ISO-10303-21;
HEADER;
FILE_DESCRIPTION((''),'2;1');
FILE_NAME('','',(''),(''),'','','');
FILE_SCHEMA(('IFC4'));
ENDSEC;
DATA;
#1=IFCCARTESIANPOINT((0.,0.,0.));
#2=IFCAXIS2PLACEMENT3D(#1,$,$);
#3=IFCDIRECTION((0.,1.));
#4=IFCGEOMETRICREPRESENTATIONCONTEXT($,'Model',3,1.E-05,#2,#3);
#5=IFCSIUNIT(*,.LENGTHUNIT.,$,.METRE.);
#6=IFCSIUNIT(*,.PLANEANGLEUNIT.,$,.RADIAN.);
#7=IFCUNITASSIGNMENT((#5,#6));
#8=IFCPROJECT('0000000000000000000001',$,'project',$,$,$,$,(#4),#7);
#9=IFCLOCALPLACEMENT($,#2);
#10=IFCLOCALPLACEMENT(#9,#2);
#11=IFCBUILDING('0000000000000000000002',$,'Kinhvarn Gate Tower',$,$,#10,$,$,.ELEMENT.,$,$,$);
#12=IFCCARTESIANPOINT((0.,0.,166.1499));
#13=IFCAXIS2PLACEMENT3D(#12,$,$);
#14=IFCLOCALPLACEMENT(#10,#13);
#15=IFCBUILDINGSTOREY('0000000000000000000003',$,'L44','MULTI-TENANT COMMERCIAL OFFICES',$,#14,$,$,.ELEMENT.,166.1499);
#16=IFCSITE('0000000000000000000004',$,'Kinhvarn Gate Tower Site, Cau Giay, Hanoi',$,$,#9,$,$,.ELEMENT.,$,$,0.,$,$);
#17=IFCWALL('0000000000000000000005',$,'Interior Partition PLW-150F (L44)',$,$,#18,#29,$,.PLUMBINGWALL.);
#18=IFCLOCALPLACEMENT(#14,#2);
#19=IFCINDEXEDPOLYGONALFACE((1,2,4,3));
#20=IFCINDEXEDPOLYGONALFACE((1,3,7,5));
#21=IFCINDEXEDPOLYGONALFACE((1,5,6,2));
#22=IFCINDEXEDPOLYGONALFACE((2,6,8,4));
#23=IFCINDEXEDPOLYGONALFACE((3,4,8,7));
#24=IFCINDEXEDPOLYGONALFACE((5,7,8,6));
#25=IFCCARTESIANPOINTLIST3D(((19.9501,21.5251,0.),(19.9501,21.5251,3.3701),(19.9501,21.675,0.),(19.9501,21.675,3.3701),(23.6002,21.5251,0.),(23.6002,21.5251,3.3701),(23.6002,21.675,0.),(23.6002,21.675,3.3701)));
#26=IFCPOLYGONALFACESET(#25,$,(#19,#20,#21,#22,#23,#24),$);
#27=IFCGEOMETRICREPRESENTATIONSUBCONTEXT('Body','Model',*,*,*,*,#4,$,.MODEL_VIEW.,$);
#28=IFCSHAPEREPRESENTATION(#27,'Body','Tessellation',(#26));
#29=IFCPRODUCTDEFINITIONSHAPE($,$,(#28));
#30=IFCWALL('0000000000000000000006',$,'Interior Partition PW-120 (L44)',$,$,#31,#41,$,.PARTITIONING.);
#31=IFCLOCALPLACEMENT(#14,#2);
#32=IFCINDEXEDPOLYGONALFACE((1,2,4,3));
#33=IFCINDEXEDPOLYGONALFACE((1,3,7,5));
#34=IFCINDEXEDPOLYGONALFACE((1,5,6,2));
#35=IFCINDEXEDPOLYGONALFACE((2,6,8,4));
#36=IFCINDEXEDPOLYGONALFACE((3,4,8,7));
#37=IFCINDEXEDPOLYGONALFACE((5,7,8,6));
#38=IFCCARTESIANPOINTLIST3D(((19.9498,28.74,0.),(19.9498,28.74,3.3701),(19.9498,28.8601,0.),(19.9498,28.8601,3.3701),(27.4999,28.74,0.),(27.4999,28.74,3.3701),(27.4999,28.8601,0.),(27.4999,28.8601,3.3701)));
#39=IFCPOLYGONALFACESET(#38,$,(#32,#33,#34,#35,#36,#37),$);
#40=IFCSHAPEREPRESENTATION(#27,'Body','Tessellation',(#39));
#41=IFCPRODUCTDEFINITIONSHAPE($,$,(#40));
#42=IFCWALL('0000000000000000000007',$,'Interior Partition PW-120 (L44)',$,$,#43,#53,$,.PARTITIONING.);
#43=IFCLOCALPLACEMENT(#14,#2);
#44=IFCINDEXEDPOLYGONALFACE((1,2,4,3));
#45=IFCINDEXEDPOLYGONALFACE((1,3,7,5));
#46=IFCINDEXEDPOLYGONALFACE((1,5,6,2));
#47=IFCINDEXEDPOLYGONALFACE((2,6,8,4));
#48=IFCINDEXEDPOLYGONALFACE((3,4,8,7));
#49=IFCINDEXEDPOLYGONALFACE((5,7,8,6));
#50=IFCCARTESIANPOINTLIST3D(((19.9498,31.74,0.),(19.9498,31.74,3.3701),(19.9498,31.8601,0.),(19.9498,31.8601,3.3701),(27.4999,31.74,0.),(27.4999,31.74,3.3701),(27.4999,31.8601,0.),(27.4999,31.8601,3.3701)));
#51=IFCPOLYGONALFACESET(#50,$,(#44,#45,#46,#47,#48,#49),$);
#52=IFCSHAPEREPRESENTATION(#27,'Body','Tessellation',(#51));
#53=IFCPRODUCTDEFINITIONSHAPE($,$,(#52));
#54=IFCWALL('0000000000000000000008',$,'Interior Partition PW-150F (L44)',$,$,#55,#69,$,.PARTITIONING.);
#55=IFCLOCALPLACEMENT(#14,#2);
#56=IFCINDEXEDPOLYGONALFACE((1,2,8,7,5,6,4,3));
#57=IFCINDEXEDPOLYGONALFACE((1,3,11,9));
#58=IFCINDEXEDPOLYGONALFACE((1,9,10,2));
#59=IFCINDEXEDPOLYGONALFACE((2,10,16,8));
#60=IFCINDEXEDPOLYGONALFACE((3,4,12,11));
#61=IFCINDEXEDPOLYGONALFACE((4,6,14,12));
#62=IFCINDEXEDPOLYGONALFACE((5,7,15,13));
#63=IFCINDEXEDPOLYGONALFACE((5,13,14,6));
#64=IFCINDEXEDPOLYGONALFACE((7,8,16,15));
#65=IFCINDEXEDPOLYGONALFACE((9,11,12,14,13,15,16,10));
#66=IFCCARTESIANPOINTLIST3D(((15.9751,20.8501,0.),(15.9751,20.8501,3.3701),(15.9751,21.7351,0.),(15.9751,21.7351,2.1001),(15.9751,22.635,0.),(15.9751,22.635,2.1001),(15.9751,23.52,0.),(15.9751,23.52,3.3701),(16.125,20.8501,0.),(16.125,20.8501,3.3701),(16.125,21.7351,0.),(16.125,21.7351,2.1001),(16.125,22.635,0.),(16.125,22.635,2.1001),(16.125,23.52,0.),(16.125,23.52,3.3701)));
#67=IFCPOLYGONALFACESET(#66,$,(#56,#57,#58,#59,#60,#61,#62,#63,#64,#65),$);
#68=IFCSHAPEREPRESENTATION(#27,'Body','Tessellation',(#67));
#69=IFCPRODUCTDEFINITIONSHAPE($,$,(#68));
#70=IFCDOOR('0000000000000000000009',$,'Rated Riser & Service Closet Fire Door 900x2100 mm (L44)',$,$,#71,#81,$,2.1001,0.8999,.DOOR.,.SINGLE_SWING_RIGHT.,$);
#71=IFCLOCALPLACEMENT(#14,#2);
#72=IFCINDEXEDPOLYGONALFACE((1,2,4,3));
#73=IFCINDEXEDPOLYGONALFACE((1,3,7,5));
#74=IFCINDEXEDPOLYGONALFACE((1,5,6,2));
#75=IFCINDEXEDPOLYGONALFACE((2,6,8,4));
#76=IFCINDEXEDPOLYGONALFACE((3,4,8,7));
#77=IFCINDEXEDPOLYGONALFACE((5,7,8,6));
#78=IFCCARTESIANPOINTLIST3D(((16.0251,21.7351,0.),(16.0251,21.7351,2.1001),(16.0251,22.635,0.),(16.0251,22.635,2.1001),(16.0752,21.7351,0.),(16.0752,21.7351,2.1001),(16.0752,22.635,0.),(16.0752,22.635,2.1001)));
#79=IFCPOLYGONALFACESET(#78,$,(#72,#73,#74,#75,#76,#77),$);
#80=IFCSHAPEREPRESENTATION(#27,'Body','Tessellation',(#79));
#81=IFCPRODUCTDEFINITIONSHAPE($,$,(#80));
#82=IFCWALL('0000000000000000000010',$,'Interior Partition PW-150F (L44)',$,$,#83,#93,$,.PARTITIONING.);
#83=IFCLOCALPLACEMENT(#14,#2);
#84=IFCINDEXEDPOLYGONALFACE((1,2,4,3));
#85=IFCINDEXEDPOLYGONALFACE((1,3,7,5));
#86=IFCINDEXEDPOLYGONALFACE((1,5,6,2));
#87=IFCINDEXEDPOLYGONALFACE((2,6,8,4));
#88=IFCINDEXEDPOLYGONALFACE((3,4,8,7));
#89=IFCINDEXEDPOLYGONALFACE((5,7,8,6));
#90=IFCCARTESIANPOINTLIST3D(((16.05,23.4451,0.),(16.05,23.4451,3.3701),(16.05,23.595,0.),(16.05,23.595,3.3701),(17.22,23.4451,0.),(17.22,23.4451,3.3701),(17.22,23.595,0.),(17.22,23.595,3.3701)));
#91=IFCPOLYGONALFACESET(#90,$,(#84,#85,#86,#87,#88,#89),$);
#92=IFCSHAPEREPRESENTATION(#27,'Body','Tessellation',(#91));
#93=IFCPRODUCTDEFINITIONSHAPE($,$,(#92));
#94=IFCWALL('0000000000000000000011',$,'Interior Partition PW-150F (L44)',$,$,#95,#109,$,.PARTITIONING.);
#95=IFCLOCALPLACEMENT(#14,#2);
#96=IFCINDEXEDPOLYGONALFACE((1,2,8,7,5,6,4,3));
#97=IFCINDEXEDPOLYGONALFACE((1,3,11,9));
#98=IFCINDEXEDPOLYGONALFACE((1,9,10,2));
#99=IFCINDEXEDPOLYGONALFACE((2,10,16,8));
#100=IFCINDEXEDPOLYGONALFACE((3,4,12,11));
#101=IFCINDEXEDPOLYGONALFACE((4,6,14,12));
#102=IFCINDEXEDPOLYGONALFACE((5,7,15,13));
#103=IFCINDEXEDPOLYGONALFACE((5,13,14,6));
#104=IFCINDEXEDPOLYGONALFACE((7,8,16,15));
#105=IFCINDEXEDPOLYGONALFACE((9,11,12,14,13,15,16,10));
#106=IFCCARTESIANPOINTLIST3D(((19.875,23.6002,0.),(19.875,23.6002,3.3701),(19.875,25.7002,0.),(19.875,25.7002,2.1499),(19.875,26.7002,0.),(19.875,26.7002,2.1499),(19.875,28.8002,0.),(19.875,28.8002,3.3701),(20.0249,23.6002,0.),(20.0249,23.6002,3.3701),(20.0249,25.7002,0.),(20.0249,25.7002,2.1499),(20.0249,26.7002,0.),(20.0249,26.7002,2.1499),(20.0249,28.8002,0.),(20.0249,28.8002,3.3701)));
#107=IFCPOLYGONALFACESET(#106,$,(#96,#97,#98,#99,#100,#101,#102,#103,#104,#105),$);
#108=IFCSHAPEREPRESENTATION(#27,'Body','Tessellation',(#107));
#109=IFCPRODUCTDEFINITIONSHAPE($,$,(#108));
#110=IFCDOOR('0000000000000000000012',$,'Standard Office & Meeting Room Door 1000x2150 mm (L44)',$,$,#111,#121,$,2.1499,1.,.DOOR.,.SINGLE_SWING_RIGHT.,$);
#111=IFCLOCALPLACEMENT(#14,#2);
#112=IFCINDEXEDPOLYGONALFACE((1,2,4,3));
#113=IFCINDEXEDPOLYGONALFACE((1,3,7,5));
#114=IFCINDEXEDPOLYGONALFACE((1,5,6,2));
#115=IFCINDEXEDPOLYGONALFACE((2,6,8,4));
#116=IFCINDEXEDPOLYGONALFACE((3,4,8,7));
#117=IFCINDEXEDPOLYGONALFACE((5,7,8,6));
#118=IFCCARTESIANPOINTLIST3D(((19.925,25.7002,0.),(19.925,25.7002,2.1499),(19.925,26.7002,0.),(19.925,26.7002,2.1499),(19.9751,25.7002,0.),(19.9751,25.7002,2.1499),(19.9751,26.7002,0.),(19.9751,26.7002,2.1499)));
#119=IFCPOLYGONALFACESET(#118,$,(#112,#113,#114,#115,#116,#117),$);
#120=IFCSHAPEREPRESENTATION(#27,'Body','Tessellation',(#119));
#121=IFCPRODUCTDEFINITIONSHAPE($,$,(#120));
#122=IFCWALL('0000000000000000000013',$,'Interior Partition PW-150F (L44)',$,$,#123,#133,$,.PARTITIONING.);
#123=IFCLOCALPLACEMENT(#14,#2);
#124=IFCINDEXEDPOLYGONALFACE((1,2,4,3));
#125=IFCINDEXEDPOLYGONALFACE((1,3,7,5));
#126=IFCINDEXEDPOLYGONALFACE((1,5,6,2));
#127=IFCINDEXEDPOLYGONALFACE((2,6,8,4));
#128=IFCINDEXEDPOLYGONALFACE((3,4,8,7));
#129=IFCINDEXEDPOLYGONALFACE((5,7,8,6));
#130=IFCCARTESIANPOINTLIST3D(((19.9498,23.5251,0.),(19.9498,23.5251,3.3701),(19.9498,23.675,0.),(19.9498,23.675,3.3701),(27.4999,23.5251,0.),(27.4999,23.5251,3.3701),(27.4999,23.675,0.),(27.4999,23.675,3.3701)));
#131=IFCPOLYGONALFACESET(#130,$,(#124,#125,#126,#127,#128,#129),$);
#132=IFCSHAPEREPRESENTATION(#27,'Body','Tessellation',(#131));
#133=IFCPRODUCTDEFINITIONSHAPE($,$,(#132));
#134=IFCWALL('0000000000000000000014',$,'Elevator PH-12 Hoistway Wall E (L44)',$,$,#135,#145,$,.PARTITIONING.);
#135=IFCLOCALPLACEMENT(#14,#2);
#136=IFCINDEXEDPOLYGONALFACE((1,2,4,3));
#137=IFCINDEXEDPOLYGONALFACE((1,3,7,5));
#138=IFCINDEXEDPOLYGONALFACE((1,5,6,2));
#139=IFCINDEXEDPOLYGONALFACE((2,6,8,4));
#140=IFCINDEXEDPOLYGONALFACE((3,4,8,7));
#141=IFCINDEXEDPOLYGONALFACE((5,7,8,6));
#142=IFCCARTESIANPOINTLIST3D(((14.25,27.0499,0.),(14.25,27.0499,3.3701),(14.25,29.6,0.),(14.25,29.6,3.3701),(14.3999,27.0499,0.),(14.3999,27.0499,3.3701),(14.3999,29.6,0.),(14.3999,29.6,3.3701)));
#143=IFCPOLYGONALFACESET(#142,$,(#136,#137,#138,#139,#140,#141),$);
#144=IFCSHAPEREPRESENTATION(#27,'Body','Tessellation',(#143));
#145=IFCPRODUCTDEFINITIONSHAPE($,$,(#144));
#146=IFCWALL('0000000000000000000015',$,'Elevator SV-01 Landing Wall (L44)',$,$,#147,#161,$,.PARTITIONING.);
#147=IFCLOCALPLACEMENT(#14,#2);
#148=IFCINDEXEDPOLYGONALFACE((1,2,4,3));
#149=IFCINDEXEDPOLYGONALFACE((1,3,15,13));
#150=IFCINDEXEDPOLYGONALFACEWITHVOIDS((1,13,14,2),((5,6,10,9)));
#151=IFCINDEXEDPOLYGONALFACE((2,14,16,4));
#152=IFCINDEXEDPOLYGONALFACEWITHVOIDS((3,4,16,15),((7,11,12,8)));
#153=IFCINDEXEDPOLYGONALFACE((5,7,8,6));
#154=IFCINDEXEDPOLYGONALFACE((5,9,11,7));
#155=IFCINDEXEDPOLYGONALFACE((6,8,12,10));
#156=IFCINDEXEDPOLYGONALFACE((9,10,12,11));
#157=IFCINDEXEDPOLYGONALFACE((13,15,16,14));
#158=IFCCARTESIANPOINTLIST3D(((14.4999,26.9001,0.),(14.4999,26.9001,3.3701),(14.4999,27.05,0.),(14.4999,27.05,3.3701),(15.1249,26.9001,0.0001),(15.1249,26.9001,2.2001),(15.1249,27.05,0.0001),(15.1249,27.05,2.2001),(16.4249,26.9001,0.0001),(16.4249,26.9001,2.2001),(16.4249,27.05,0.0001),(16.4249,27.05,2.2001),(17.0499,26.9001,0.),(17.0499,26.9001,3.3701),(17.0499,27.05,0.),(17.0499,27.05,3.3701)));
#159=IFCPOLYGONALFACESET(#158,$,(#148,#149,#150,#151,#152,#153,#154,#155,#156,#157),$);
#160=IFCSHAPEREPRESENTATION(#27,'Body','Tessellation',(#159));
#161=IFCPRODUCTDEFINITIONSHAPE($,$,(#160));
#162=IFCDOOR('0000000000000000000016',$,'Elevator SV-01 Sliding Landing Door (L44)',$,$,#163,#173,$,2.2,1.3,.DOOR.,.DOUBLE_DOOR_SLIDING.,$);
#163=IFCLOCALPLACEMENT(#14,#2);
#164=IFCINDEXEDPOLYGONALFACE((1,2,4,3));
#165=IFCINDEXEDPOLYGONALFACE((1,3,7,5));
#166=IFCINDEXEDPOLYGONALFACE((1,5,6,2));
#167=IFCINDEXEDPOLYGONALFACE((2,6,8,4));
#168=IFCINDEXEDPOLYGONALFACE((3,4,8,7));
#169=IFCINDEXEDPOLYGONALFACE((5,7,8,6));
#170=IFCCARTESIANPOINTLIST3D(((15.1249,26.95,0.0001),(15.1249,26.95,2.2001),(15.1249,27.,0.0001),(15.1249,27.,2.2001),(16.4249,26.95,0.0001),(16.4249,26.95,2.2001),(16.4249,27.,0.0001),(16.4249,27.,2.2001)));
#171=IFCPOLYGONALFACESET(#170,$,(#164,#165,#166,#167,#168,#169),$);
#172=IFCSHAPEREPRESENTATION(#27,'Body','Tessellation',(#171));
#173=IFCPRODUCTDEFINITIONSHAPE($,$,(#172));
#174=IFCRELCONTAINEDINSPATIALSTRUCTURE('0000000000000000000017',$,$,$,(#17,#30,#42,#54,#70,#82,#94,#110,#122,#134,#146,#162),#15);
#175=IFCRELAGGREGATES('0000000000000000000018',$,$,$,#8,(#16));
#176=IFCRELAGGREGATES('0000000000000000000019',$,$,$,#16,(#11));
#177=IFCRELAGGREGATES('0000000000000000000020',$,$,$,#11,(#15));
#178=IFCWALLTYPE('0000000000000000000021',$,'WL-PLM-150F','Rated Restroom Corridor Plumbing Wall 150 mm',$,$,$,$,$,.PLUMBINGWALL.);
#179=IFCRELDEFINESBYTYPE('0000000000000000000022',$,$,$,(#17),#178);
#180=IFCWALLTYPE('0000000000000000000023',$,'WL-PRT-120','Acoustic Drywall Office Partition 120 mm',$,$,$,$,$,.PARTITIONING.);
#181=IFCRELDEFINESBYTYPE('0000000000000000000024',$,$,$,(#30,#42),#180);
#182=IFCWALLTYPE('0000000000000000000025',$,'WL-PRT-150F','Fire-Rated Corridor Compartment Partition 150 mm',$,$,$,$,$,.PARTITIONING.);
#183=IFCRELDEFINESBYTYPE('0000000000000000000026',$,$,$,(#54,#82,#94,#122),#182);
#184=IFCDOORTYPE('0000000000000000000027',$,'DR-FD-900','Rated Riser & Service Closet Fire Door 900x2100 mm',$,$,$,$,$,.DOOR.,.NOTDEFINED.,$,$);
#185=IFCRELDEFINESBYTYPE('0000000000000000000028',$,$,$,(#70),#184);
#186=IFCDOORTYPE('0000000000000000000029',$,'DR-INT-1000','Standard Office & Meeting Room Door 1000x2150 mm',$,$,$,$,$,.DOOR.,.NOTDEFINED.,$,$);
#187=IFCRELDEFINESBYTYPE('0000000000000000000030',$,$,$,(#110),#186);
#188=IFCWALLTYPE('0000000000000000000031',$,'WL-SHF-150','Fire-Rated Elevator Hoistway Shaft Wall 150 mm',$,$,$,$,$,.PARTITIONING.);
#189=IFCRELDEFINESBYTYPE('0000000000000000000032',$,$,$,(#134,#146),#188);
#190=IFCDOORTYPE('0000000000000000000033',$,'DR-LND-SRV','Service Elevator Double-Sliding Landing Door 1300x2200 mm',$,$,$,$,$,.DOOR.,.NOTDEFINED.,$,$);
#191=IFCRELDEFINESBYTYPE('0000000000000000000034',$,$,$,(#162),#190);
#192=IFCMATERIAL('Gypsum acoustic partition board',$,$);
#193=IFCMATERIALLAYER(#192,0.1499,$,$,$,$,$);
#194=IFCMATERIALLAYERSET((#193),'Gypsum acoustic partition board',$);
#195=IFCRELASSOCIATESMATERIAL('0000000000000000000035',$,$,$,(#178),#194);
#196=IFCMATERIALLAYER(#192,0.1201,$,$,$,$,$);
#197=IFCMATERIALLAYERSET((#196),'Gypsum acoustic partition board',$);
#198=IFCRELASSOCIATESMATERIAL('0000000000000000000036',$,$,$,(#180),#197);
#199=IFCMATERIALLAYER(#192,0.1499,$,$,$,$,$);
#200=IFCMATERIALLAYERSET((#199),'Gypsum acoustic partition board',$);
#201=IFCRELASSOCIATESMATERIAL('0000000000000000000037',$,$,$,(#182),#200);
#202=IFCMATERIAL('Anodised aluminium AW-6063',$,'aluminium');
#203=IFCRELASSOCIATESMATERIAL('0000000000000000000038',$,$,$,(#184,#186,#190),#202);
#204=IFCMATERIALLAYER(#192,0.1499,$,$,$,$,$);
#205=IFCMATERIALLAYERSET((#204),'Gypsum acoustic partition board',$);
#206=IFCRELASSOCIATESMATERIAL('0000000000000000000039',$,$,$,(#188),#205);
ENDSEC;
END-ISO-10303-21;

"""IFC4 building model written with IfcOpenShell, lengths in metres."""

from ifc_helpers import new_model, si_unit, direction, frame, frame_2d, origin, place, context, subcontext, project, spatial, rectangle, extrude, material, layer, layer_set, type_object, element, fill, save


model = new_model("IFC4")

# Units and contexts
model_context = context("Model", 3, precision=1e-05, world=origin(), true_north=direction((0.0, 1.0)))
body_context = subcontext(model_context, "Body", "Model", "MODEL_VIEW")
ifc_project = project(units=[si_unit("LENGTHUNIT", "METRE"), si_unit("PLANEANGLEUNIT", "RADIAN")], contexts=[model_context])

# Site, building, storey
site_placement = place(None, origin())
site = spatial("IfcSite", under=ifc_project, at=site_placement, Name="Kinhvarn Gate Tower Site, Cau Giay, Hanoi", CompositionType="ELEMENT", RefElevation=0.0)
building_placement = place(site_placement, origin())
building = spatial("IfcBuilding", under=site, at=building_placement, Name="Kinhvarn Gate Tower", CompositionType="ELEMENT")
storey_placement = place(building_placement, frame((0.0, 0.0, 166.1499)))
storey = spatial("IfcBuildingStorey", under=building, at=storey_placement, Name="L44", Description="MULTI-TENANT COMMERCIAL OFFICES", CompositionType="ELEMENT", Elevation=166.1499)

# Shared definitions
ifc_material_1 = material(Name="Anodised aluminium AW-6063", Category="aluminium")

# Walls
ifc_material_2 = material(Name="Gypsum acoustic partition board")
ifc_layer_1 = layer(ifc_material_2, 0.1499)
ifc_layer_set_1 = layer_set([ifc_layer_1], Name="Gypsum acoustic partition board")
wall_type_1 = type_object("IfcWallType", Name="WL-PLM-150F", Description="Rated Restroom Corridor Plumbing Wall 150 mm", PredefinedType="PLUMBINGWALL", material=ifc_layer_set_1)
wall_1_placement = place(storey_placement, frame((19.95, 21.6001, 0.0), z_axis=(0.0, 0.0, 1.0), x_axis=(1.0, 0.0, 0.0)))
element("IfcWall", 1, at=wall_1_placement, inside=storey, type_object=wall_type_1, Name="Interior Partition PLW-150F (L44)", PredefinedType="PLUMBINGWALL", context=body_context, shape_type="SweptSolid", body=[
    extrude(rectangle(XDim=3.6501, YDim=0.1499, at=frame_2d((1.8252, 0.0))), origin(), (0.0, 0.0, 1.0), 3.3701),
])
ifc_layer_2 = layer(ifc_material_2, 0.1201)
ifc_layer_set_2 = layer_set([ifc_layer_2], Name="Gypsum acoustic partition board")
wall_type_2 = type_object("IfcWallType", Name="WL-PRT-120", Description="Acoustic Drywall Office Partition 120 mm", PredefinedType="PARTITIONING", material=ifc_layer_set_2)
for number, where, z_axis, x_axis, name in (
    (2, (19.95, 28.8, 0.0), (0.0, 0.0, 1.0), (1.0, 0.0, 0.0), "Interior Partition PW-120 (L44)"),
    (3, (19.95, 31.8, 0.0), (0.0, 0.0, 1.0), (1.0, 0.0, 0.0), "Interior Partition PW-120 (L44)"),
):
    element("IfcWall", number, at=place(storey_placement, frame(where, z_axis=z_axis, x_axis=x_axis)), inside=storey, type_object=wall_type_2, Name=name, PredefinedType="PARTITIONING", context=body_context, shape_type="SweptSolid", body=[
        extrude(rectangle(XDim=7.55, YDim=0.1201, at=frame_2d((3.7749, 0.0))), origin(), (0.0, 0.0, 1.0), 3.3701),
    ])

# Wall, opening, door
ifc_layer_3 = layer(ifc_material_2, 0.1499)
ifc_layer_set_3 = layer_set([ifc_layer_3], Name="Gypsum acoustic partition board")
wall_type_3 = type_object("IfcWallType", Name="WL-PRT-150F", Description="Fire-Rated Corridor Compartment Partition 150 mm", PredefinedType="PARTITIONING", material=ifc_layer_set_3)
wall_2_placement = place(storey_placement, frame((16.05, 20.8501, 0.0), z_axis=(0.0, 0.0, 1.0), x_axis=(0.0, 1.0, 0.0)))
wall_2 = element("IfcWall", 4, at=wall_2_placement, inside=storey, type_object=wall_type_3, Name="Interior Partition PW-150F (L44)", PredefinedType="PARTITIONING", context=body_context, shape_type="SweptSolid", body=[
    extrude(rectangle(XDim=2.6699, YDim=0.1499, at=frame_2d((1.335, 0.0))), origin(), (0.0, 0.0, 1.0), 3.3701),
])
opening_1_placement = place(wall_2_placement, frame((0.885, 0.0, 0.0)))
opening_1 = element("IfcOpeningElement", 5, at=opening_1_placement, cuts=wall_2, PredefinedType="OPENING", context=body_context, shape_type="SweptSolid", body=[
    extrude(rectangle(XDim=0.8999, YDim=2.1001, at=frame_2d((0.45, 1.05))), frame((0.0, 0.085, 0.0), z_axis=(0.0, -1.0, 0.0), x_axis=(1.0, 0.0, 0.0)), (0.0, 0.0, 1.0), 0.1699),
])
door_type_1 = type_object("IfcDoorType", Name="DR-FD-900", Description="Rated Riser & Service Closet Fire Door 900x2100 mm", OperationType="NOTDEFINED", PredefinedType="DOOR", material=ifc_material_1)
door_1_placement = place(opening_1_placement, origin())
door_1 = element("IfcDoor", 6, at=door_1_placement, inside=storey, type_object=door_type_1, Name="Rated Riser & Service Closet Fire Door 900x2100 mm (L44)", OperationType="SINGLE_SWING_RIGHT", OverallHeight=2.1001, OverallWidth=0.8999, PredefinedType="DOOR", context=body_context, shape_type="SweptSolid", body=[
    extrude(rectangle(XDim=0.8999, YDim=2.1001, at=frame_2d((0.45, 1.05))), frame((0.0, 0.0249, 0.0), z_axis=(0.0, -1.0, 0.0), x_axis=(1.0, 0.0, 0.0)), (0.0, 0.0, 1.0), 0.05),
])
fill(opening_1, door_1)

# Wall
wall_3_placement = place(storey_placement, frame((16.05, 23.52, 0.0), z_axis=(0.0, 0.0, 1.0), x_axis=(1.0, 0.0, 0.0)))
element("IfcWall", 7, at=wall_3_placement, inside=storey, type_object=wall_type_3, Name="Interior Partition PW-150F (L44)", PredefinedType="PARTITIONING", context=body_context, shape_type="SweptSolid", body=[
    extrude(rectangle(XDim=1.1699, YDim=0.1499, at=frame_2d((0.585, 0.0))), origin(), (0.0, 0.0, 1.0), 3.3701),
])

# Wall, opening, door
wall_4_placement = place(storey_placement, frame((19.95, 23.6001, 0.0), z_axis=(0.0, 0.0, 1.0), x_axis=(0.0, 1.0, 0.0)))
wall_4 = element("IfcWall", 8, at=wall_4_placement, inside=storey, type_object=wall_type_3, Name="Interior Partition PW-150F (L44)", PredefinedType="PARTITIONING", context=body_context, shape_type="SweptSolid", body=[
    extrude(rectangle(XDim=5.2, YDim=0.1499, at=frame_2d((2.6001, 0.0))), origin(), (0.0, 0.0, 1.0), 3.3701),
])
opening_2_placement = place(wall_4_placement, frame((2.1001, 0.0, 0.0)))
opening_2 = element("IfcOpeningElement", 9, at=opening_2_placement, cuts=wall_4, PredefinedType="OPENING", context=body_context, shape_type="SweptSolid", body=[
    extrude(rectangle(XDim=1.0, YDim=2.1499, at=frame_2d((0.5, 1.075))), frame((0.0, 0.085, 0.0), z_axis=(0.0, -1.0, 0.0), x_axis=(1.0, 0.0, 0.0)), (0.0, 0.0, 1.0), 0.1699),
])
door_type_2 = type_object("IfcDoorType", Name="DR-INT-1000", Description="Standard Office & Meeting Room Door 1000x2150 mm", OperationType="NOTDEFINED", PredefinedType="DOOR", material=ifc_material_1)
door_2_placement = place(opening_2_placement, origin())
door_2 = element("IfcDoor", 10, at=door_2_placement, inside=storey, type_object=door_type_2, Name="Standard Office & Meeting Room Door 1000x2150 mm (L44)", OperationType="SINGLE_SWING_RIGHT", OverallHeight=2.1499, OverallWidth=1.0, PredefinedType="DOOR", context=body_context, shape_type="SweptSolid", body=[
    extrude(rectangle(XDim=1.0, YDim=2.1499, at=frame_2d((0.5, 1.075))), frame((0.0, 0.0249, 0.0), z_axis=(0.0, -1.0, 0.0), x_axis=(1.0, 0.0, 0.0)), (0.0, 0.0, 1.0), 0.05),
])
fill(opening_2, door_2)

# Walls
wall_5_placement = place(storey_placement, frame((19.95, 23.6001, 0.0), z_axis=(0.0, 0.0, 1.0), x_axis=(1.0, 0.0, 0.0)))
element("IfcWall", 11, at=wall_5_placement, inside=storey, type_object=wall_type_3, Name="Interior Partition PW-150F (L44)", PredefinedType="PARTITIONING", context=body_context, shape_type="SweptSolid", body=[
    extrude(rectangle(XDim=7.55, YDim=0.1499, at=frame_2d((3.7749, 0.0))), origin(), (0.0, 0.0, 1.0), 3.3701),
])
ifc_layer_4 = layer(ifc_material_2, 0.1499)
ifc_layer_set_4 = layer_set([ifc_layer_4], Name="Gypsum acoustic partition board")
wall_type_4 = type_object("IfcWallType", Name="WL-SHF-150", Description="Fire-Rated Elevator Hoistway Shaft Wall 150 mm", PredefinedType="PARTITIONING", material=ifc_layer_set_4)
wall_6_placement = place(storey_placement, frame((14.325, 27.05, 0.0), z_axis=(0.0, 0.0, 1.0), x_axis=(0.0, 1.0, 0.0)))
element("IfcWall", 12, at=wall_6_placement, inside=storey, type_object=wall_type_4, Name="Elevator PH-12 Hoistway Wall E (L44)", PredefinedType="PARTITIONING", context=body_context, shape_type="SweptSolid", body=[
    extrude(rectangle(XDim=2.55, YDim=0.1499, at=frame_2d((1.2749, 0.0))), origin(), (0.0, 0.0, 1.0), 3.3701),
])

# Wall, opening, door
wall_7_placement = place(storey_placement, frame((14.5, 26.9751, 0.0), z_axis=(0.0, 0.0, 1.0), x_axis=(1.0, 0.0, 0.0)))
wall_7 = element("IfcWall", 13, at=wall_7_placement, inside=storey, type_object=wall_type_4, Name="Elevator SV-01 Landing Wall (L44)", PredefinedType="PARTITIONING", context=body_context, shape_type="SweptSolid", body=[
    extrude(rectangle(XDim=2.55, YDim=0.1499, at=frame_2d((1.2749, 0.0))), origin(), (0.0, 0.0, 1.0), 3.3701),
])
opening_3_placement = place(wall_7_placement, frame((0.625, 0.0, 0.0)))
opening_3 = element("IfcOpeningElement", 14, at=opening_3_placement, cuts=wall_7, PredefinedType="OPENING", context=body_context, shape_type="SweptSolid", body=[
    extrude(rectangle(XDim=1.3, YDim=2.2, at=frame_2d((0.6499, 1.1001))), frame((0.0, 0.085, 0.0), z_axis=(0.0, -1.0, 0.0), x_axis=(1.0, 0.0, 0.0)), (0.0, 0.0, 1.0), 0.1699),
])
door_type_3 = type_object("IfcDoorType", Name="DR-LND-SRV", Description="Service Elevator Double-Sliding Landing Door 1300x2200 mm", OperationType="NOTDEFINED", PredefinedType="DOOR", material=ifc_material_1)
door_3_placement = place(opening_3_placement, origin())
door_3 = element("IfcDoor", 15, at=door_3_placement, inside=storey, type_object=door_type_3, Name="Elevator SV-01 Sliding Landing Door (L44)", OperationType="DOUBLE_DOOR_SLIDING", OverallHeight=2.2, OverallWidth=1.3, PredefinedType="DOOR", context=body_context, shape_type="SweptSolid", body=[
    extrude(rectangle(XDim=1.3, YDim=2.2, at=frame_2d((0.6499, 1.1001))), frame((0.0, 0.0249, 0.0), z_axis=(0.0, -1.0, 0.0), x_axis=(1.0, 0.0, 0.0)), (0.0, 0.0, 1.0), 0.05),
])
fill(opening_3, door_3)

save(model, "model.ifc")
